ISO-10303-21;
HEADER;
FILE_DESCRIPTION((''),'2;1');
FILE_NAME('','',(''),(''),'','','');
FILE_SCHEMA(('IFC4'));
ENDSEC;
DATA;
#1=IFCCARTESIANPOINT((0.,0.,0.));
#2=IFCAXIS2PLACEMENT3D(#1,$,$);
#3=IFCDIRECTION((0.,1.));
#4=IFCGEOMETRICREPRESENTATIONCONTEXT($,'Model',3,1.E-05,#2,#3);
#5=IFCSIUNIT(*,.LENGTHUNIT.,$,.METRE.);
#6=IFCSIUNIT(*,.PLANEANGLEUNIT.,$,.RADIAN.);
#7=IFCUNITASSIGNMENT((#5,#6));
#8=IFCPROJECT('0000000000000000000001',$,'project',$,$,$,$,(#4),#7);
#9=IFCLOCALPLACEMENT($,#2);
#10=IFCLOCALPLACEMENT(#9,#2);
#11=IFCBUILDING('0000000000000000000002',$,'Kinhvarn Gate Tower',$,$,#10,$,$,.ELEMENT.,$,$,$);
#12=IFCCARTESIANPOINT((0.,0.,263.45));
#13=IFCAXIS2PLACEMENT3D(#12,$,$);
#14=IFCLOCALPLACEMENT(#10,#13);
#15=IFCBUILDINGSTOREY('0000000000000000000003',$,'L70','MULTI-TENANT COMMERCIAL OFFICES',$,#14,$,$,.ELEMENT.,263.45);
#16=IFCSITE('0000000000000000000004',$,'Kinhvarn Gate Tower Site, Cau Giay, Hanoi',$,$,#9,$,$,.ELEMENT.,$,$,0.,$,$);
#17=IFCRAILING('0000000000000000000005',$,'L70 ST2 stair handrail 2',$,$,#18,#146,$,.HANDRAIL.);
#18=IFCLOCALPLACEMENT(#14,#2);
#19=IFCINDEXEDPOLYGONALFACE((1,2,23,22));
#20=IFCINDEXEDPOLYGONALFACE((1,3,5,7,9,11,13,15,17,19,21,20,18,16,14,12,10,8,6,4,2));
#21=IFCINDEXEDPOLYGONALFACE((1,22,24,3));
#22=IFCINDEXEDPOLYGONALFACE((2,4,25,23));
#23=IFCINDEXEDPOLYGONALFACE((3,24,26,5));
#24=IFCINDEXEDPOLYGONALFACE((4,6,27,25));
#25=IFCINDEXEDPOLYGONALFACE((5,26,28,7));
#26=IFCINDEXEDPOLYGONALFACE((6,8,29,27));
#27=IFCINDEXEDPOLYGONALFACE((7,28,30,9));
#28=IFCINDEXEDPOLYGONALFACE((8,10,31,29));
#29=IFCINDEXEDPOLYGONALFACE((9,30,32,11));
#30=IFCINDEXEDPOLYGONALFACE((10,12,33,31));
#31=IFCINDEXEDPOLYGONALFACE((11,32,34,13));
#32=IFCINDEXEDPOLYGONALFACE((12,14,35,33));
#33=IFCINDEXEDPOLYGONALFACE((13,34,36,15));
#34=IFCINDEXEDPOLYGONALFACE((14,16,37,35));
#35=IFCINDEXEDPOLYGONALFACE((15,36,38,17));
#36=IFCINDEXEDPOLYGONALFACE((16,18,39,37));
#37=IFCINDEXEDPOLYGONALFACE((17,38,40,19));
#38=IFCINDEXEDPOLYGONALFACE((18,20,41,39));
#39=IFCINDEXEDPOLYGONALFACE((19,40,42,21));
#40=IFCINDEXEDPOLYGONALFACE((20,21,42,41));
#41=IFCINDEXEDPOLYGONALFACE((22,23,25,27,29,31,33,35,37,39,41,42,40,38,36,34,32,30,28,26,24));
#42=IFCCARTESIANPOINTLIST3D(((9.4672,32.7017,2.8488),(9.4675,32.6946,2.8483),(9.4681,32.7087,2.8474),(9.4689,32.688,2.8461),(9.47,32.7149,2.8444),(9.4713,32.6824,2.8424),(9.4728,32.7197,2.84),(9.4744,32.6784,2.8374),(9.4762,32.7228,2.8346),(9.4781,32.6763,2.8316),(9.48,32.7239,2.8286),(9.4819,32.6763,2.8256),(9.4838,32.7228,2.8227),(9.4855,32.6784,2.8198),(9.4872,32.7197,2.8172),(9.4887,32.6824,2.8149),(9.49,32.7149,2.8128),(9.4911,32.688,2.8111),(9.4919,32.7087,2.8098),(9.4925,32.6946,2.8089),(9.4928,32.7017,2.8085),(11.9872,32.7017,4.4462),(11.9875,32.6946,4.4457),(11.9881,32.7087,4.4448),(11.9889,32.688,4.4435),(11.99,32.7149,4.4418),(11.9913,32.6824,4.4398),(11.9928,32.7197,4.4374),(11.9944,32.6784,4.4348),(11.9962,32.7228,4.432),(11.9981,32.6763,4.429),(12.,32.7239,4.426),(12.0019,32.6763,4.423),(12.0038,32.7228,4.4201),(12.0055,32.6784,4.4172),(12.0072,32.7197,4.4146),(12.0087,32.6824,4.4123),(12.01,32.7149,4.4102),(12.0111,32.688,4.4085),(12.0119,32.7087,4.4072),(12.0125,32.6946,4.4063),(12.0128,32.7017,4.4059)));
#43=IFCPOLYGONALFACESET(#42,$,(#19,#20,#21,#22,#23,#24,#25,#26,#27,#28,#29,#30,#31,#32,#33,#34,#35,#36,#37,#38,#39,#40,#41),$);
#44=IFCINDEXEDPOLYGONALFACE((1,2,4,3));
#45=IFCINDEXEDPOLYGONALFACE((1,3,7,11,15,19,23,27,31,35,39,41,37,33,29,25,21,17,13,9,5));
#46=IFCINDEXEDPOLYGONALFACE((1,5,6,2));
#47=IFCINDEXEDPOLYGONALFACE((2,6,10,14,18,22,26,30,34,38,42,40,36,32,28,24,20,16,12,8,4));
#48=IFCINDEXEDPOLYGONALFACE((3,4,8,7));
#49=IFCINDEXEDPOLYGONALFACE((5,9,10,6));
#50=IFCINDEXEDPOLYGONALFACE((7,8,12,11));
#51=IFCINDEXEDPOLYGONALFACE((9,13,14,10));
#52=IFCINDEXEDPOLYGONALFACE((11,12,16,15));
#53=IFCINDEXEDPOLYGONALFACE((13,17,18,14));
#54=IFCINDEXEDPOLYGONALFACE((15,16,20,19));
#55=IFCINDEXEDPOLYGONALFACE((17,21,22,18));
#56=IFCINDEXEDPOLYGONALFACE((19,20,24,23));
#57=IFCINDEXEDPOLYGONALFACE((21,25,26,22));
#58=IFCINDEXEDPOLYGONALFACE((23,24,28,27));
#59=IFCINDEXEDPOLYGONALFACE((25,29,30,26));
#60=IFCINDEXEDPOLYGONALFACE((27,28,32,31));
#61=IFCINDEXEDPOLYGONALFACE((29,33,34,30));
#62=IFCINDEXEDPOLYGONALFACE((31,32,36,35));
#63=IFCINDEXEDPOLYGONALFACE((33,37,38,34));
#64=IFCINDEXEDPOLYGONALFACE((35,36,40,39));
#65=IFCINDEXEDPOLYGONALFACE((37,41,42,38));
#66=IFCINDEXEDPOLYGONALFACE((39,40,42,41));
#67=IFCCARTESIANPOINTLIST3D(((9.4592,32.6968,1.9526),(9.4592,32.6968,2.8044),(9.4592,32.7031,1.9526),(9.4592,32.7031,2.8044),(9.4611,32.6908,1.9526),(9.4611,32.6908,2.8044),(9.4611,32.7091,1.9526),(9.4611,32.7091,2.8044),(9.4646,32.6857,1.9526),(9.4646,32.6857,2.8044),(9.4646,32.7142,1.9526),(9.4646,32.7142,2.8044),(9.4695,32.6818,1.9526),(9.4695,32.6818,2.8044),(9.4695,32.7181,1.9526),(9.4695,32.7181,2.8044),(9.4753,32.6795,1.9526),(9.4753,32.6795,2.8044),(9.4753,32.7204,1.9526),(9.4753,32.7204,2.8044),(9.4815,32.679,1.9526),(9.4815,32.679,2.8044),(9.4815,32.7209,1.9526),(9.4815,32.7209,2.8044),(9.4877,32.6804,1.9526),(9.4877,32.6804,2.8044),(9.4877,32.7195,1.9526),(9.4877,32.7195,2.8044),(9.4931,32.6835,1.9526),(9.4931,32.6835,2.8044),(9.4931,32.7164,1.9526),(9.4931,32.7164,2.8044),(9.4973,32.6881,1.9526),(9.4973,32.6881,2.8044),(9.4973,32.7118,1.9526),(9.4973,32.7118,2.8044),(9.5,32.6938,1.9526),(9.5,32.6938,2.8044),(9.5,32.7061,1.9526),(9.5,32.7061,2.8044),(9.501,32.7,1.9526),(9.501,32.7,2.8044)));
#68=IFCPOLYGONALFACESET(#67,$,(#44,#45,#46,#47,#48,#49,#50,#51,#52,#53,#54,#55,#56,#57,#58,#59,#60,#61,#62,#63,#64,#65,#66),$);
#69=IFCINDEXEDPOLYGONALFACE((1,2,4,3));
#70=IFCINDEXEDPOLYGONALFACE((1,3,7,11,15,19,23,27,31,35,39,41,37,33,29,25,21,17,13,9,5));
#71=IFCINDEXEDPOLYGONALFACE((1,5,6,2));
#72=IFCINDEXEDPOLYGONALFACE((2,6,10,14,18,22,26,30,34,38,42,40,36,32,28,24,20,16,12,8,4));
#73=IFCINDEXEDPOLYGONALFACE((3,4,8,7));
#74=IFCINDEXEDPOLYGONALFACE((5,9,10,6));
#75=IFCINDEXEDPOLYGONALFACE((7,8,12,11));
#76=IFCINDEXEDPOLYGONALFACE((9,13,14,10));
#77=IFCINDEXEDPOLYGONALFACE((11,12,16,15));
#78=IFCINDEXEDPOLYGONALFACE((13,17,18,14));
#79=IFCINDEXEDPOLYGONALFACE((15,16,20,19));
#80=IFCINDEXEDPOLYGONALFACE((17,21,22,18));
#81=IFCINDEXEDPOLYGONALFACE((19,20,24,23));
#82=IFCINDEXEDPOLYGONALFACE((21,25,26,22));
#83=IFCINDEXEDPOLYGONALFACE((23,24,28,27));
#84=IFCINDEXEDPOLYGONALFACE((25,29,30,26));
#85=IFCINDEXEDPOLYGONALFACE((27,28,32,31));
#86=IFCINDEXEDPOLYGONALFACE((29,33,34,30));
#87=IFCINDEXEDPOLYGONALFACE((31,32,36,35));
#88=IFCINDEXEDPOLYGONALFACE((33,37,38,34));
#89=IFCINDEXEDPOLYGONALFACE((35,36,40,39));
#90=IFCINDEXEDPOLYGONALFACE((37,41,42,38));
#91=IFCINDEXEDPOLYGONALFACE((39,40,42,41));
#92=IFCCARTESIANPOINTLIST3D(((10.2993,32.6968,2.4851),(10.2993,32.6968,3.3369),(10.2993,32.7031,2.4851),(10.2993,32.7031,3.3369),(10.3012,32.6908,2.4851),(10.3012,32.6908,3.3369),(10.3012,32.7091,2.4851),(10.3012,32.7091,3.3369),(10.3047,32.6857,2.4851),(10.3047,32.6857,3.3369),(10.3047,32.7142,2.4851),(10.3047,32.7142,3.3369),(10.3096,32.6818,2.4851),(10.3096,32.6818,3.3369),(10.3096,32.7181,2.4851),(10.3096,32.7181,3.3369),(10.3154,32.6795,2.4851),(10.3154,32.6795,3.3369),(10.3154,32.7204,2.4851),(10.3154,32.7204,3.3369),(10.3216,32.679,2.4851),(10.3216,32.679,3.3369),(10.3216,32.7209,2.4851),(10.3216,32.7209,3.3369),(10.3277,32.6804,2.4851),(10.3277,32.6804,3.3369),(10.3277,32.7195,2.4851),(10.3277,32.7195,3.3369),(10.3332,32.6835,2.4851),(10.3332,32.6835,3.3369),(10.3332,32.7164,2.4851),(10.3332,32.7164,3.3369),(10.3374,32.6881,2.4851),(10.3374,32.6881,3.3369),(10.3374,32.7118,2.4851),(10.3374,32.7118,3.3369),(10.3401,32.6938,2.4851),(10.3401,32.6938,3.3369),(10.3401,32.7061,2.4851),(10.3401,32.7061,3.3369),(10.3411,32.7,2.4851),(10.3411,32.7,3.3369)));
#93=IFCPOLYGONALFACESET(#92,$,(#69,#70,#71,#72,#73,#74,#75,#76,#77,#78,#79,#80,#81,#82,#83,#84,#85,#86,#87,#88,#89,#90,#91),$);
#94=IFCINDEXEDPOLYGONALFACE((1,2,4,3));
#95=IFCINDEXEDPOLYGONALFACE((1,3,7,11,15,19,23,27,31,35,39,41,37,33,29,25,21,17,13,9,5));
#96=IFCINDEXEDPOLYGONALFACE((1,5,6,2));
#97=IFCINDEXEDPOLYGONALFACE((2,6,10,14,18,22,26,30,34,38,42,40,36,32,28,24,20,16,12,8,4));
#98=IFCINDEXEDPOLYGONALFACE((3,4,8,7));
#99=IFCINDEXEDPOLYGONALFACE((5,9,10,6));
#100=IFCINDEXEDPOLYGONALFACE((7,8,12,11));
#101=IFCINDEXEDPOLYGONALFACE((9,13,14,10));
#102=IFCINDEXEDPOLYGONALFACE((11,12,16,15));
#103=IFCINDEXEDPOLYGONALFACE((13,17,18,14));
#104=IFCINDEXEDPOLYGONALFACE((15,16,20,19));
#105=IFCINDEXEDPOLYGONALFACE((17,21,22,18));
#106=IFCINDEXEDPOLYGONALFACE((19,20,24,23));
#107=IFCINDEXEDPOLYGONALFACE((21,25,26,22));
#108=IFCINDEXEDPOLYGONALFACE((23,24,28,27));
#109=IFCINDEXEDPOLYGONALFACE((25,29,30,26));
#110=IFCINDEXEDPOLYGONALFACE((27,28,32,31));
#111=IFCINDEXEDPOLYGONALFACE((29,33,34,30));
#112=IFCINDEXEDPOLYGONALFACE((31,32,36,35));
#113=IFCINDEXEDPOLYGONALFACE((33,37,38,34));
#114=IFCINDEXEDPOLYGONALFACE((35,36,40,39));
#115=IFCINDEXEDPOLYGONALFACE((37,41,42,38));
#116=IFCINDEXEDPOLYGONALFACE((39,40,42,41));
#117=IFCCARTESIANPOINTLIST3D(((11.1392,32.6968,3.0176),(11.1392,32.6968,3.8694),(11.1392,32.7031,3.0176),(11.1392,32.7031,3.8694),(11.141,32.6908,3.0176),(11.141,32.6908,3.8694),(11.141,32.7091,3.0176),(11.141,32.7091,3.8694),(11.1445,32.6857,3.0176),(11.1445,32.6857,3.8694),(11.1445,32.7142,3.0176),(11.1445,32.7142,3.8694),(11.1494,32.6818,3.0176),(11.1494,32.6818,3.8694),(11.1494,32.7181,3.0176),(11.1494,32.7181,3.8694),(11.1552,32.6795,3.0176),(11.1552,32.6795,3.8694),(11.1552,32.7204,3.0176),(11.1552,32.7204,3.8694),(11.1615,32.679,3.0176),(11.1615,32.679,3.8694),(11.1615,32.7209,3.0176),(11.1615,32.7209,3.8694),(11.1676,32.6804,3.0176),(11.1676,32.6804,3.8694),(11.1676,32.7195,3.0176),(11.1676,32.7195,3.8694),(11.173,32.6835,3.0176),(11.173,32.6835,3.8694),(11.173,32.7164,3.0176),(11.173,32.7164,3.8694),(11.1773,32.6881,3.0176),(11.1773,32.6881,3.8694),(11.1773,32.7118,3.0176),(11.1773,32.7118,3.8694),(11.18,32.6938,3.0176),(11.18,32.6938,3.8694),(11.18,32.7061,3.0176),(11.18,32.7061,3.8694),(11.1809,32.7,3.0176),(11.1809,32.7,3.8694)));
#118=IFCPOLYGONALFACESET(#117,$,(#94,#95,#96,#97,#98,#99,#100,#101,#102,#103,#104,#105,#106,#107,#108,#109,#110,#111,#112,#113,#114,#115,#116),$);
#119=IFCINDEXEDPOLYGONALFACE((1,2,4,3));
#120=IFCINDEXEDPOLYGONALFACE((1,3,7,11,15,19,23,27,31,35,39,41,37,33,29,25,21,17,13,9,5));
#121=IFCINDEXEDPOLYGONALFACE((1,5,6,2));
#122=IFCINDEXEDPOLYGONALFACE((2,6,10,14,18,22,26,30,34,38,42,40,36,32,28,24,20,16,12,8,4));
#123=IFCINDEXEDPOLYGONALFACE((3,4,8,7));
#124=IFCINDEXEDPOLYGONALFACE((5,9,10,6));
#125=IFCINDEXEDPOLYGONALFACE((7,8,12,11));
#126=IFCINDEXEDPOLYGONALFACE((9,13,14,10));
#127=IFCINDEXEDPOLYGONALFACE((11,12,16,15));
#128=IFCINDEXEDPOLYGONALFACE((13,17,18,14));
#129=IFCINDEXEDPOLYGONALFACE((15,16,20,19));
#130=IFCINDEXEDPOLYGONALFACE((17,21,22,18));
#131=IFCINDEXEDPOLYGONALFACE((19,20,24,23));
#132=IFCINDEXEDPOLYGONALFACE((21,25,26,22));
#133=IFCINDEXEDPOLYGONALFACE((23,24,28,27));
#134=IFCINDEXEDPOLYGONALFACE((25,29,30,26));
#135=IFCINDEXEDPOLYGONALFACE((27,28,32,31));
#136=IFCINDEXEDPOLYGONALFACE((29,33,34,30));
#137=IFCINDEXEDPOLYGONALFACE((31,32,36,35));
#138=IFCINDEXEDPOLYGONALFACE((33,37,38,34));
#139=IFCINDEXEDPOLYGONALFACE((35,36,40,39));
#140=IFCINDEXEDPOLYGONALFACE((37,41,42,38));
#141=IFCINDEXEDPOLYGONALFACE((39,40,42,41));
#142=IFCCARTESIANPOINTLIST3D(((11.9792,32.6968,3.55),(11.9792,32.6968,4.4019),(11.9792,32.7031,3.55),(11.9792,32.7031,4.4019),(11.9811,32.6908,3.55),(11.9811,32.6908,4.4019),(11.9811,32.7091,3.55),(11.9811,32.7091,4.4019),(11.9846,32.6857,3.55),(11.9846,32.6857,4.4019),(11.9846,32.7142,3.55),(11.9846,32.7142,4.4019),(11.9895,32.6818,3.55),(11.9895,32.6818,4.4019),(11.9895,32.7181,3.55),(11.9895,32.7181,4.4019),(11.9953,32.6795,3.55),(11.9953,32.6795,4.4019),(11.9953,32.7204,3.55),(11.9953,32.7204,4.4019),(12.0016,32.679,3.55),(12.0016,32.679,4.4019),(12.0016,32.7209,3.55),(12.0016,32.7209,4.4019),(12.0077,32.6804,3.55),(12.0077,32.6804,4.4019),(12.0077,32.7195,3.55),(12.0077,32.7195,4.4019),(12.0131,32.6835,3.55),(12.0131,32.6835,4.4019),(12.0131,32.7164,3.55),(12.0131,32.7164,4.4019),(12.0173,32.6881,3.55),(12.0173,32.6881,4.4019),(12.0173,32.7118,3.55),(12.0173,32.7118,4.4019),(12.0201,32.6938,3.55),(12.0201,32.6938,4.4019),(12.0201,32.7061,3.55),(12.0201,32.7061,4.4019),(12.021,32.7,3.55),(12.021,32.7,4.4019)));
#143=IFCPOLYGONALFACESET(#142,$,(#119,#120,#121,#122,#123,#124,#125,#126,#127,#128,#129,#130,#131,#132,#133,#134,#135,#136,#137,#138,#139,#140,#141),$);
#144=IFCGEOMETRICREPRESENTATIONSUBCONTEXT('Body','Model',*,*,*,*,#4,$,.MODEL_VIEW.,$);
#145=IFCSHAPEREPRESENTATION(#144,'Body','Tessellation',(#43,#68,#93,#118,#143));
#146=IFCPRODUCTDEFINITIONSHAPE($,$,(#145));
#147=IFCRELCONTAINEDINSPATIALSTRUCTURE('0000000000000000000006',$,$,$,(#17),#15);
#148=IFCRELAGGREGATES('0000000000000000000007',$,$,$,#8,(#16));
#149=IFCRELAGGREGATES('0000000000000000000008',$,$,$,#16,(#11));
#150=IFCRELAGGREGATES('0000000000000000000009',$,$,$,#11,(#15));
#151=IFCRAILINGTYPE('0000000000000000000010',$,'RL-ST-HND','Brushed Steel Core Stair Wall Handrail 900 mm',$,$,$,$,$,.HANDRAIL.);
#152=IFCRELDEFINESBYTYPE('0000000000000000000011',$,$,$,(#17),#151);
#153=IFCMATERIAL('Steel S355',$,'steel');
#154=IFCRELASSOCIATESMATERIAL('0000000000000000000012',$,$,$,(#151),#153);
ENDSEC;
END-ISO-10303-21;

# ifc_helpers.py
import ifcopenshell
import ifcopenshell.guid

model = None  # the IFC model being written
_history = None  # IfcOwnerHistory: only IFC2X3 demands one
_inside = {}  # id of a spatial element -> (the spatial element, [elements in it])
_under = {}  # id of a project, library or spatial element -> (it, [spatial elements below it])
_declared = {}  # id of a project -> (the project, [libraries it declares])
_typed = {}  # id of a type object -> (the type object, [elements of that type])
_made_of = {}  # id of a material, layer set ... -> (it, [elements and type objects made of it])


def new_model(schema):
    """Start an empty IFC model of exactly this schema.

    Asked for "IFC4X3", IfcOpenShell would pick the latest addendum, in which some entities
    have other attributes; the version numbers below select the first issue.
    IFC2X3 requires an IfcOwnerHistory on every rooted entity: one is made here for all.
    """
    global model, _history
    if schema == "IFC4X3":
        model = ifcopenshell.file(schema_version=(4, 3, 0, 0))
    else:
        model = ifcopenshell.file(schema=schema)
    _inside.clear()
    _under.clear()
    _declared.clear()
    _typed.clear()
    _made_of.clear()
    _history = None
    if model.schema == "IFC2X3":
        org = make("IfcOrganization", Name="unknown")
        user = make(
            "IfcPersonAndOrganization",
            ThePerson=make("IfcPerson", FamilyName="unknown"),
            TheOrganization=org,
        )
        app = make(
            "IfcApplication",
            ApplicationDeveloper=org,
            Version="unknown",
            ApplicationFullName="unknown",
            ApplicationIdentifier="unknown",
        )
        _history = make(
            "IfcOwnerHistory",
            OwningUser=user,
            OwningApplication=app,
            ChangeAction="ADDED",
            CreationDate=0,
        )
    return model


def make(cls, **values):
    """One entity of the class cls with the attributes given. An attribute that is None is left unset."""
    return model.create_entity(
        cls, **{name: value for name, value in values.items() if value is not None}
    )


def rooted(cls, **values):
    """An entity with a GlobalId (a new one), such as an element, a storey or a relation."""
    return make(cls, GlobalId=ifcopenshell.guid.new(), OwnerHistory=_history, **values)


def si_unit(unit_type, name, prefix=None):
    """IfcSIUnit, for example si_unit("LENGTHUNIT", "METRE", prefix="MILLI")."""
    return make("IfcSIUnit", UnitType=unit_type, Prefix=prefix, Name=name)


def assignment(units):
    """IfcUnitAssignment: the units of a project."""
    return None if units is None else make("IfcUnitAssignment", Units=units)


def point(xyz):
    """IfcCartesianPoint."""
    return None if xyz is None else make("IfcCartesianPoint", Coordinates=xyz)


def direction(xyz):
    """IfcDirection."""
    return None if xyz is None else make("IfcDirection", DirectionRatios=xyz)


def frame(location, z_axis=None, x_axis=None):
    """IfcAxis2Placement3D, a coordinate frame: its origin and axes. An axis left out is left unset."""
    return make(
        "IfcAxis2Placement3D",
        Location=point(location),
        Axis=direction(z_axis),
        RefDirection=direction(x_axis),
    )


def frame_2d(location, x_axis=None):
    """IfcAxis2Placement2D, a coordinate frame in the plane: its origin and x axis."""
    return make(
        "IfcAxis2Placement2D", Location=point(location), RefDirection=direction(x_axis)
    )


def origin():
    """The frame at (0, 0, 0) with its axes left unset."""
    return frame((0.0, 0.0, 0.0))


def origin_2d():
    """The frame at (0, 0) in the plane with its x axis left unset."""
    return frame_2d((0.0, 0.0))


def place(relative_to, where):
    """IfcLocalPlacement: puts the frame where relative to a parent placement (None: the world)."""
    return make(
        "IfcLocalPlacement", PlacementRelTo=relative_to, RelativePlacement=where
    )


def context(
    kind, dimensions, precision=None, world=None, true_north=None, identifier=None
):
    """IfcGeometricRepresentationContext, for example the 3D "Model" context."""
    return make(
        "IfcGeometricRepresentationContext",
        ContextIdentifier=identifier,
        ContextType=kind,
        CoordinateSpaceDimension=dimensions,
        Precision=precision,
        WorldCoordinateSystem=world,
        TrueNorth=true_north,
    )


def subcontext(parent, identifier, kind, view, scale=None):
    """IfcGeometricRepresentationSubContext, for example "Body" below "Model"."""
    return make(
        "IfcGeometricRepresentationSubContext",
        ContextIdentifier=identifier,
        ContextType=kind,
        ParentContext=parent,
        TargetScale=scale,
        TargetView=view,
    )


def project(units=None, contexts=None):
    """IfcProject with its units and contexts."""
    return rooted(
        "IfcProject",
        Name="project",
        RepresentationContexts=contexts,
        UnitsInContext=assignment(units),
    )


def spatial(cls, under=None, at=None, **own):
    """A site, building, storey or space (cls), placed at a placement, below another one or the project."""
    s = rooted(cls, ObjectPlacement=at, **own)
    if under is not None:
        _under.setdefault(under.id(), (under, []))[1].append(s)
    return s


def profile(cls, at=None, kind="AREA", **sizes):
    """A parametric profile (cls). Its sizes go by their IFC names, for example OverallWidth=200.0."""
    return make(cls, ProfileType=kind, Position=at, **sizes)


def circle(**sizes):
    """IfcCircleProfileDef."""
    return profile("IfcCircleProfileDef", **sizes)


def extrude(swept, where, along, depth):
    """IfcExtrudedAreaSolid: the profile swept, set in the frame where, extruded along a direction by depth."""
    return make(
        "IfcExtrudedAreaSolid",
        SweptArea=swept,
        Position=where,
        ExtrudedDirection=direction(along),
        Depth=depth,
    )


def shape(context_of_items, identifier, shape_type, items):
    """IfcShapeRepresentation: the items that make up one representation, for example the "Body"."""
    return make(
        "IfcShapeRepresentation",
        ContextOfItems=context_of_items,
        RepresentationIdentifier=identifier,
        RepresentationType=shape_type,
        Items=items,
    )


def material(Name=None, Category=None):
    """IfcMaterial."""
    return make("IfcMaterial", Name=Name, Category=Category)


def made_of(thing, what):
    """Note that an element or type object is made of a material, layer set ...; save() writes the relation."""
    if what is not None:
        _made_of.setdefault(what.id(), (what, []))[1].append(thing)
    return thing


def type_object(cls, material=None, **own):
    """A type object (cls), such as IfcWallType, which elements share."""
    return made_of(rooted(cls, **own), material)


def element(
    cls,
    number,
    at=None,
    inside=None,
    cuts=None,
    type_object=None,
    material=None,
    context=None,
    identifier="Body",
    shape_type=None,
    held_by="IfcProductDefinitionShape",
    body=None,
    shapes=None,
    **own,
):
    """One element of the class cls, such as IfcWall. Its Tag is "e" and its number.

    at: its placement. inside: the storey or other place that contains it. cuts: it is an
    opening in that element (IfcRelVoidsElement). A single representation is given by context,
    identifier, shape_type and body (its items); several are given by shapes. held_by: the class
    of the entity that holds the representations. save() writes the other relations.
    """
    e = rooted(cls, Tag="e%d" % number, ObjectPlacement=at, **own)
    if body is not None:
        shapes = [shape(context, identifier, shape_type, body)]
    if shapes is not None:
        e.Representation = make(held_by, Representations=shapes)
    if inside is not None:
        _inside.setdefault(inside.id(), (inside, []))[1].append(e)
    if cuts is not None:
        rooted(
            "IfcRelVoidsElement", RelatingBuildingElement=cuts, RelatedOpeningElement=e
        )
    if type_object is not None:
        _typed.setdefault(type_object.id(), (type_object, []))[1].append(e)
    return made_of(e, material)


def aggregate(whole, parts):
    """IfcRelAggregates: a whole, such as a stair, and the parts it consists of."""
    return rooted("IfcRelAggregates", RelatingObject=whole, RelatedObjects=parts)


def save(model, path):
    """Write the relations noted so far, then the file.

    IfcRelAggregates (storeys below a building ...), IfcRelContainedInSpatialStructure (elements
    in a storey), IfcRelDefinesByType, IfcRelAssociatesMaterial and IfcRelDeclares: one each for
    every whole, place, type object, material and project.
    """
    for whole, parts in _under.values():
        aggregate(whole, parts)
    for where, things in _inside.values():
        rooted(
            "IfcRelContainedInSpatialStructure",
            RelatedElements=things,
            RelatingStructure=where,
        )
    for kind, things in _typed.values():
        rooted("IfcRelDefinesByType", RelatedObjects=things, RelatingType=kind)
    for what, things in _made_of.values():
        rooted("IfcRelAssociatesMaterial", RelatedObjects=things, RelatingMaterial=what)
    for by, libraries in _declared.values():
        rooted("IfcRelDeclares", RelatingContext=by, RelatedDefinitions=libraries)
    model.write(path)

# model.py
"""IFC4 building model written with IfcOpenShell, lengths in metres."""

from ifc_helpers import new_model, si_unit, direction, frame, origin, origin_2d, place, context, subcontext, project, spatial, circle, extrude, material, type_object, element, save


model = new_model("IFC4")

# Units and contexts
model_context = context("Model", 3, precision=1e-05, world=origin(), true_north=direction((0.0, 1.0)))
body_context = subcontext(model_context, "Body", "Model", "MODEL_VIEW")
ifc_project = project(units=[si_unit("LENGTHUNIT", "METRE"), si_unit("PLANEANGLEUNIT", "RADIAN")], contexts=[model_context])

# Site, building, storey
site_placement = place(None, origin())
site = spatial("IfcSite", under=ifc_project, at=site_placement, Name="Kinhvarn Gate Tower Site, Cau Giay, Hanoi", CompositionType="ELEMENT", RefElevation=0.0)
building_placement = place(site_placement, origin())
building = spatial("IfcBuilding", under=site, at=building_placement, Name="Kinhvarn Gate Tower", CompositionType="ELEMENT")
storey_placement = place(building_placement, frame((0.0, 0.0, 263.45)))
storey = spatial("IfcBuildingStorey", under=building, at=storey_placement, Name="L70", Description="MULTI-TENANT COMMERCIAL OFFICES", CompositionType="ELEMENT", Elevation=263.45)

# Railing
ifc_material_1 = material(Name="Steel S355", Category="steel")
railing_type_1 = type_object("IfcRailingType", Name="RL-ST-HND", Description="Brushed Steel Core Stair Wall Handrail 900 mm", PredefinedType="HANDRAIL", material=ifc_material_1)
railing_1_placement = place(storey_placement, frame((9.48, 32.7, 1.9526)))
element("IfcRailing", 1, at=railing_1_placement, inside=storey, type_object=railing_type_1, Name="L70 ST2 stair handrail 2", PredefinedType="HANDRAIL", context=body_context, shape_type="SweptSolid", body=[
    extrude(circle(Radius=0.0239, at=origin_2d()), frame((0.0, 0.0, 0.876), z_axis=(0.844607, 0.0, 0.535387), x_axis=(0.0, 1.0, 0.0)), (0.0, 0.0, 1.0), 2.9836),
    extrude(circle(Radius=0.021, at=origin_2d()), origin(), (0.0, 0.0, 1.0), 0.8518),
    extrude(circle(Radius=0.021, at=origin_2d()), frame((0.8401, 0.0, 0.5325)), (0.0, 0.0, 1.0), 0.8518),
    extrude(circle(Radius=0.021, at=origin_2d()), frame((1.6799, 0.0, 1.0649)), (0.0, 0.0, 1.0), 0.8518),
    extrude(circle(Radius=0.021, at=origin_2d()), frame((2.52, 0.0, 1.5974)), (0.0, 0.0, 1.0), 0.8518),
])

save(model, "model.ifc")
